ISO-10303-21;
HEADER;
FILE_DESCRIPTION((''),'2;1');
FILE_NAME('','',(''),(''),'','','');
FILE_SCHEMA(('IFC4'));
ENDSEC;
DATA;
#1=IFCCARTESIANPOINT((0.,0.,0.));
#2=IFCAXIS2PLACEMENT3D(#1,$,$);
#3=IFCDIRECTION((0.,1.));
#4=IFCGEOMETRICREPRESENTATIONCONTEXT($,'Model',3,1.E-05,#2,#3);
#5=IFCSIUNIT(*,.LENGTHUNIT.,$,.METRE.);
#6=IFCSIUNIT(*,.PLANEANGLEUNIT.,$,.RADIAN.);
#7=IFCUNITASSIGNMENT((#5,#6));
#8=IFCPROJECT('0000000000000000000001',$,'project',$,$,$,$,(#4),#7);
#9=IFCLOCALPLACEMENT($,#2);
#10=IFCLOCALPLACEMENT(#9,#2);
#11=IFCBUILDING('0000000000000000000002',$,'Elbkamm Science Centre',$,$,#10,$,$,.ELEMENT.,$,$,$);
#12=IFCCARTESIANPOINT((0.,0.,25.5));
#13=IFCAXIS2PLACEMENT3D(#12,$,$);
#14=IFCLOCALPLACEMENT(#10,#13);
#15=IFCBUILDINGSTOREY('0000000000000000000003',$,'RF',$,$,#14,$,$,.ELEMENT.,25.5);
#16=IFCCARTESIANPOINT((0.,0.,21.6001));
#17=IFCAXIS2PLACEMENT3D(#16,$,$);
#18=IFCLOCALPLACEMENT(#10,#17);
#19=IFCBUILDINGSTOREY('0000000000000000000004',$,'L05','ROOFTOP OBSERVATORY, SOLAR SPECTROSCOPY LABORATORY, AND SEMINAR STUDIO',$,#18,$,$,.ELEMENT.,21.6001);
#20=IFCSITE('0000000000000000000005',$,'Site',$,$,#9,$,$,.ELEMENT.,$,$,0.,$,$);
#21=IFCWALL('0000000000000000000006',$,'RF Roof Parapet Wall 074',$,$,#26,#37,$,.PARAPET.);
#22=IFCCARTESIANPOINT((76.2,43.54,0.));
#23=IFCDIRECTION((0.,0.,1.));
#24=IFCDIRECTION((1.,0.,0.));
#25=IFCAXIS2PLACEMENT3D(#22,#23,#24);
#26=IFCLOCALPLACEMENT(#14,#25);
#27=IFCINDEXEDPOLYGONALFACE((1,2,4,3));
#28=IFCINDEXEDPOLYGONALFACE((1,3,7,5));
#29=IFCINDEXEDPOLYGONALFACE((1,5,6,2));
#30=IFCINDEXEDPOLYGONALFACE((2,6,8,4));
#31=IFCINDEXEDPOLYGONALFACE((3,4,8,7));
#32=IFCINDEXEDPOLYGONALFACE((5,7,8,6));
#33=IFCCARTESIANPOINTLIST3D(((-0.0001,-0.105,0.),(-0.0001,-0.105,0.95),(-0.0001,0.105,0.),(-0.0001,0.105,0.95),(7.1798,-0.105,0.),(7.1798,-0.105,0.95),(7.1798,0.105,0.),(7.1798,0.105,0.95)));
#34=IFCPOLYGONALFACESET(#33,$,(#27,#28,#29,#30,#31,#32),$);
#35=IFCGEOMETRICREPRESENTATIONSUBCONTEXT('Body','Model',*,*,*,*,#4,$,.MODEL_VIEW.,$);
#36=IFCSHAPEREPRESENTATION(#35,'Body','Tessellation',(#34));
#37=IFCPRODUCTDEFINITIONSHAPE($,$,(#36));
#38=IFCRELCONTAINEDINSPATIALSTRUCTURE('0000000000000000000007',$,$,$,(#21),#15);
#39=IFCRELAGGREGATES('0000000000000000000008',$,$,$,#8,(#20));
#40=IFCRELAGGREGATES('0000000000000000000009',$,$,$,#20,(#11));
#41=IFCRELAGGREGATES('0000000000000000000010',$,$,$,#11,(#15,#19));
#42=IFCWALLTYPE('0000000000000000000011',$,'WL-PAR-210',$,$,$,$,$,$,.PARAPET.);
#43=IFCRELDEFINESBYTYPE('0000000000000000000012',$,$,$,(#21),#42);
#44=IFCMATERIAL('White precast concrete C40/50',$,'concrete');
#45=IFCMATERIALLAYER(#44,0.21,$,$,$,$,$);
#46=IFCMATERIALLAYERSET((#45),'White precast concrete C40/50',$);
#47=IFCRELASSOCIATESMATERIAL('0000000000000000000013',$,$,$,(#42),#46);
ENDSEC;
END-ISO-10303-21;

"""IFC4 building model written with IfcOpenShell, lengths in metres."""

from ifc_helpers import new_model, si_unit, direction, frame, frame_2d, origin, place, context, subcontext, project, spatial, rectangle, extrude, material, layer, layer_set, type_object, element, save


model = new_model("IFC4")

# Units and contexts
model_context = context("Model", 3, precision=1e-05, world=origin(), true_north=direction((0.0, 1.0)))
body_context = subcontext(model_context, "Body", "Model", "MODEL_VIEW")
ifc_project = project(units=[si_unit("LENGTHUNIT", "METRE"), si_unit("PLANEANGLEUNIT", "RADIAN")], contexts=[model_context])

# Site, building, storey
site_placement = place(None, origin())
site = spatial("IfcSite", under=ifc_project, at=site_placement, Name="Site", CompositionType="ELEMENT", RefElevation=0.0)
building_placement = place(site_placement, origin())
building = spatial("IfcBuilding", under=site, at=building_placement, Name="Elbkamm Science Centre", CompositionType="ELEMENT")
storey_1_placement = place(building_placement, frame((0.0, 0.0, 25.5)))
storey_1 = spatial("IfcBuildingStorey", under=building, at=storey_1_placement, Name="RF", CompositionType="ELEMENT", Elevation=25.5)

# Shared definitions
storey_2_placement = place(building_placement, frame((0.0, 0.0, 21.6001)))
storey_2 = spatial("IfcBuildingStorey", under=building, at=storey_2_placement, Name="L05", Description="ROOFTOP OBSERVATORY, SOLAR SPECTROSCOPY LABORATORY, AND SEMINAR STUDIO", CompositionType="ELEMENT", Elevation=21.6001)

# Wall
ifc_material_1 = material(Name="White precast concrete C40/50", Category="concrete")
ifc_layer_1 = layer(ifc_material_1, 0.21)
ifc_layer_set_1 = layer_set([ifc_layer_1], Name="White precast concrete C40/50")
wall_type_1 = type_object("IfcWallType", Name="WL-PAR-210", PredefinedType="PARAPET", material=ifc_layer_set_1)
for number, where, z_axis, x_axis, name in (
    (1, (76.2, 43.54, 0.0), (0.0, 0.0, 1.0), (1.0, 0.0, 0.0), "RF Roof Parapet Wall 074"),
):
    element("IfcWall", number, at=place(storey_1_placement, frame(where, z_axis=z_axis, x_axis=x_axis)), inside=storey_1, type_object=wall_type_1, Name=name, PredefinedType="PARAPET", context=body_context, shape_type="SweptSolid", body=[
        extrude(rectangle(XDim=7.1799, YDim=0.21, at=frame_2d((3.5898, 0.0))), origin(), (0.0, 0.0, 1.0), 0.95),
    ])

save(model, "model.ifc")
